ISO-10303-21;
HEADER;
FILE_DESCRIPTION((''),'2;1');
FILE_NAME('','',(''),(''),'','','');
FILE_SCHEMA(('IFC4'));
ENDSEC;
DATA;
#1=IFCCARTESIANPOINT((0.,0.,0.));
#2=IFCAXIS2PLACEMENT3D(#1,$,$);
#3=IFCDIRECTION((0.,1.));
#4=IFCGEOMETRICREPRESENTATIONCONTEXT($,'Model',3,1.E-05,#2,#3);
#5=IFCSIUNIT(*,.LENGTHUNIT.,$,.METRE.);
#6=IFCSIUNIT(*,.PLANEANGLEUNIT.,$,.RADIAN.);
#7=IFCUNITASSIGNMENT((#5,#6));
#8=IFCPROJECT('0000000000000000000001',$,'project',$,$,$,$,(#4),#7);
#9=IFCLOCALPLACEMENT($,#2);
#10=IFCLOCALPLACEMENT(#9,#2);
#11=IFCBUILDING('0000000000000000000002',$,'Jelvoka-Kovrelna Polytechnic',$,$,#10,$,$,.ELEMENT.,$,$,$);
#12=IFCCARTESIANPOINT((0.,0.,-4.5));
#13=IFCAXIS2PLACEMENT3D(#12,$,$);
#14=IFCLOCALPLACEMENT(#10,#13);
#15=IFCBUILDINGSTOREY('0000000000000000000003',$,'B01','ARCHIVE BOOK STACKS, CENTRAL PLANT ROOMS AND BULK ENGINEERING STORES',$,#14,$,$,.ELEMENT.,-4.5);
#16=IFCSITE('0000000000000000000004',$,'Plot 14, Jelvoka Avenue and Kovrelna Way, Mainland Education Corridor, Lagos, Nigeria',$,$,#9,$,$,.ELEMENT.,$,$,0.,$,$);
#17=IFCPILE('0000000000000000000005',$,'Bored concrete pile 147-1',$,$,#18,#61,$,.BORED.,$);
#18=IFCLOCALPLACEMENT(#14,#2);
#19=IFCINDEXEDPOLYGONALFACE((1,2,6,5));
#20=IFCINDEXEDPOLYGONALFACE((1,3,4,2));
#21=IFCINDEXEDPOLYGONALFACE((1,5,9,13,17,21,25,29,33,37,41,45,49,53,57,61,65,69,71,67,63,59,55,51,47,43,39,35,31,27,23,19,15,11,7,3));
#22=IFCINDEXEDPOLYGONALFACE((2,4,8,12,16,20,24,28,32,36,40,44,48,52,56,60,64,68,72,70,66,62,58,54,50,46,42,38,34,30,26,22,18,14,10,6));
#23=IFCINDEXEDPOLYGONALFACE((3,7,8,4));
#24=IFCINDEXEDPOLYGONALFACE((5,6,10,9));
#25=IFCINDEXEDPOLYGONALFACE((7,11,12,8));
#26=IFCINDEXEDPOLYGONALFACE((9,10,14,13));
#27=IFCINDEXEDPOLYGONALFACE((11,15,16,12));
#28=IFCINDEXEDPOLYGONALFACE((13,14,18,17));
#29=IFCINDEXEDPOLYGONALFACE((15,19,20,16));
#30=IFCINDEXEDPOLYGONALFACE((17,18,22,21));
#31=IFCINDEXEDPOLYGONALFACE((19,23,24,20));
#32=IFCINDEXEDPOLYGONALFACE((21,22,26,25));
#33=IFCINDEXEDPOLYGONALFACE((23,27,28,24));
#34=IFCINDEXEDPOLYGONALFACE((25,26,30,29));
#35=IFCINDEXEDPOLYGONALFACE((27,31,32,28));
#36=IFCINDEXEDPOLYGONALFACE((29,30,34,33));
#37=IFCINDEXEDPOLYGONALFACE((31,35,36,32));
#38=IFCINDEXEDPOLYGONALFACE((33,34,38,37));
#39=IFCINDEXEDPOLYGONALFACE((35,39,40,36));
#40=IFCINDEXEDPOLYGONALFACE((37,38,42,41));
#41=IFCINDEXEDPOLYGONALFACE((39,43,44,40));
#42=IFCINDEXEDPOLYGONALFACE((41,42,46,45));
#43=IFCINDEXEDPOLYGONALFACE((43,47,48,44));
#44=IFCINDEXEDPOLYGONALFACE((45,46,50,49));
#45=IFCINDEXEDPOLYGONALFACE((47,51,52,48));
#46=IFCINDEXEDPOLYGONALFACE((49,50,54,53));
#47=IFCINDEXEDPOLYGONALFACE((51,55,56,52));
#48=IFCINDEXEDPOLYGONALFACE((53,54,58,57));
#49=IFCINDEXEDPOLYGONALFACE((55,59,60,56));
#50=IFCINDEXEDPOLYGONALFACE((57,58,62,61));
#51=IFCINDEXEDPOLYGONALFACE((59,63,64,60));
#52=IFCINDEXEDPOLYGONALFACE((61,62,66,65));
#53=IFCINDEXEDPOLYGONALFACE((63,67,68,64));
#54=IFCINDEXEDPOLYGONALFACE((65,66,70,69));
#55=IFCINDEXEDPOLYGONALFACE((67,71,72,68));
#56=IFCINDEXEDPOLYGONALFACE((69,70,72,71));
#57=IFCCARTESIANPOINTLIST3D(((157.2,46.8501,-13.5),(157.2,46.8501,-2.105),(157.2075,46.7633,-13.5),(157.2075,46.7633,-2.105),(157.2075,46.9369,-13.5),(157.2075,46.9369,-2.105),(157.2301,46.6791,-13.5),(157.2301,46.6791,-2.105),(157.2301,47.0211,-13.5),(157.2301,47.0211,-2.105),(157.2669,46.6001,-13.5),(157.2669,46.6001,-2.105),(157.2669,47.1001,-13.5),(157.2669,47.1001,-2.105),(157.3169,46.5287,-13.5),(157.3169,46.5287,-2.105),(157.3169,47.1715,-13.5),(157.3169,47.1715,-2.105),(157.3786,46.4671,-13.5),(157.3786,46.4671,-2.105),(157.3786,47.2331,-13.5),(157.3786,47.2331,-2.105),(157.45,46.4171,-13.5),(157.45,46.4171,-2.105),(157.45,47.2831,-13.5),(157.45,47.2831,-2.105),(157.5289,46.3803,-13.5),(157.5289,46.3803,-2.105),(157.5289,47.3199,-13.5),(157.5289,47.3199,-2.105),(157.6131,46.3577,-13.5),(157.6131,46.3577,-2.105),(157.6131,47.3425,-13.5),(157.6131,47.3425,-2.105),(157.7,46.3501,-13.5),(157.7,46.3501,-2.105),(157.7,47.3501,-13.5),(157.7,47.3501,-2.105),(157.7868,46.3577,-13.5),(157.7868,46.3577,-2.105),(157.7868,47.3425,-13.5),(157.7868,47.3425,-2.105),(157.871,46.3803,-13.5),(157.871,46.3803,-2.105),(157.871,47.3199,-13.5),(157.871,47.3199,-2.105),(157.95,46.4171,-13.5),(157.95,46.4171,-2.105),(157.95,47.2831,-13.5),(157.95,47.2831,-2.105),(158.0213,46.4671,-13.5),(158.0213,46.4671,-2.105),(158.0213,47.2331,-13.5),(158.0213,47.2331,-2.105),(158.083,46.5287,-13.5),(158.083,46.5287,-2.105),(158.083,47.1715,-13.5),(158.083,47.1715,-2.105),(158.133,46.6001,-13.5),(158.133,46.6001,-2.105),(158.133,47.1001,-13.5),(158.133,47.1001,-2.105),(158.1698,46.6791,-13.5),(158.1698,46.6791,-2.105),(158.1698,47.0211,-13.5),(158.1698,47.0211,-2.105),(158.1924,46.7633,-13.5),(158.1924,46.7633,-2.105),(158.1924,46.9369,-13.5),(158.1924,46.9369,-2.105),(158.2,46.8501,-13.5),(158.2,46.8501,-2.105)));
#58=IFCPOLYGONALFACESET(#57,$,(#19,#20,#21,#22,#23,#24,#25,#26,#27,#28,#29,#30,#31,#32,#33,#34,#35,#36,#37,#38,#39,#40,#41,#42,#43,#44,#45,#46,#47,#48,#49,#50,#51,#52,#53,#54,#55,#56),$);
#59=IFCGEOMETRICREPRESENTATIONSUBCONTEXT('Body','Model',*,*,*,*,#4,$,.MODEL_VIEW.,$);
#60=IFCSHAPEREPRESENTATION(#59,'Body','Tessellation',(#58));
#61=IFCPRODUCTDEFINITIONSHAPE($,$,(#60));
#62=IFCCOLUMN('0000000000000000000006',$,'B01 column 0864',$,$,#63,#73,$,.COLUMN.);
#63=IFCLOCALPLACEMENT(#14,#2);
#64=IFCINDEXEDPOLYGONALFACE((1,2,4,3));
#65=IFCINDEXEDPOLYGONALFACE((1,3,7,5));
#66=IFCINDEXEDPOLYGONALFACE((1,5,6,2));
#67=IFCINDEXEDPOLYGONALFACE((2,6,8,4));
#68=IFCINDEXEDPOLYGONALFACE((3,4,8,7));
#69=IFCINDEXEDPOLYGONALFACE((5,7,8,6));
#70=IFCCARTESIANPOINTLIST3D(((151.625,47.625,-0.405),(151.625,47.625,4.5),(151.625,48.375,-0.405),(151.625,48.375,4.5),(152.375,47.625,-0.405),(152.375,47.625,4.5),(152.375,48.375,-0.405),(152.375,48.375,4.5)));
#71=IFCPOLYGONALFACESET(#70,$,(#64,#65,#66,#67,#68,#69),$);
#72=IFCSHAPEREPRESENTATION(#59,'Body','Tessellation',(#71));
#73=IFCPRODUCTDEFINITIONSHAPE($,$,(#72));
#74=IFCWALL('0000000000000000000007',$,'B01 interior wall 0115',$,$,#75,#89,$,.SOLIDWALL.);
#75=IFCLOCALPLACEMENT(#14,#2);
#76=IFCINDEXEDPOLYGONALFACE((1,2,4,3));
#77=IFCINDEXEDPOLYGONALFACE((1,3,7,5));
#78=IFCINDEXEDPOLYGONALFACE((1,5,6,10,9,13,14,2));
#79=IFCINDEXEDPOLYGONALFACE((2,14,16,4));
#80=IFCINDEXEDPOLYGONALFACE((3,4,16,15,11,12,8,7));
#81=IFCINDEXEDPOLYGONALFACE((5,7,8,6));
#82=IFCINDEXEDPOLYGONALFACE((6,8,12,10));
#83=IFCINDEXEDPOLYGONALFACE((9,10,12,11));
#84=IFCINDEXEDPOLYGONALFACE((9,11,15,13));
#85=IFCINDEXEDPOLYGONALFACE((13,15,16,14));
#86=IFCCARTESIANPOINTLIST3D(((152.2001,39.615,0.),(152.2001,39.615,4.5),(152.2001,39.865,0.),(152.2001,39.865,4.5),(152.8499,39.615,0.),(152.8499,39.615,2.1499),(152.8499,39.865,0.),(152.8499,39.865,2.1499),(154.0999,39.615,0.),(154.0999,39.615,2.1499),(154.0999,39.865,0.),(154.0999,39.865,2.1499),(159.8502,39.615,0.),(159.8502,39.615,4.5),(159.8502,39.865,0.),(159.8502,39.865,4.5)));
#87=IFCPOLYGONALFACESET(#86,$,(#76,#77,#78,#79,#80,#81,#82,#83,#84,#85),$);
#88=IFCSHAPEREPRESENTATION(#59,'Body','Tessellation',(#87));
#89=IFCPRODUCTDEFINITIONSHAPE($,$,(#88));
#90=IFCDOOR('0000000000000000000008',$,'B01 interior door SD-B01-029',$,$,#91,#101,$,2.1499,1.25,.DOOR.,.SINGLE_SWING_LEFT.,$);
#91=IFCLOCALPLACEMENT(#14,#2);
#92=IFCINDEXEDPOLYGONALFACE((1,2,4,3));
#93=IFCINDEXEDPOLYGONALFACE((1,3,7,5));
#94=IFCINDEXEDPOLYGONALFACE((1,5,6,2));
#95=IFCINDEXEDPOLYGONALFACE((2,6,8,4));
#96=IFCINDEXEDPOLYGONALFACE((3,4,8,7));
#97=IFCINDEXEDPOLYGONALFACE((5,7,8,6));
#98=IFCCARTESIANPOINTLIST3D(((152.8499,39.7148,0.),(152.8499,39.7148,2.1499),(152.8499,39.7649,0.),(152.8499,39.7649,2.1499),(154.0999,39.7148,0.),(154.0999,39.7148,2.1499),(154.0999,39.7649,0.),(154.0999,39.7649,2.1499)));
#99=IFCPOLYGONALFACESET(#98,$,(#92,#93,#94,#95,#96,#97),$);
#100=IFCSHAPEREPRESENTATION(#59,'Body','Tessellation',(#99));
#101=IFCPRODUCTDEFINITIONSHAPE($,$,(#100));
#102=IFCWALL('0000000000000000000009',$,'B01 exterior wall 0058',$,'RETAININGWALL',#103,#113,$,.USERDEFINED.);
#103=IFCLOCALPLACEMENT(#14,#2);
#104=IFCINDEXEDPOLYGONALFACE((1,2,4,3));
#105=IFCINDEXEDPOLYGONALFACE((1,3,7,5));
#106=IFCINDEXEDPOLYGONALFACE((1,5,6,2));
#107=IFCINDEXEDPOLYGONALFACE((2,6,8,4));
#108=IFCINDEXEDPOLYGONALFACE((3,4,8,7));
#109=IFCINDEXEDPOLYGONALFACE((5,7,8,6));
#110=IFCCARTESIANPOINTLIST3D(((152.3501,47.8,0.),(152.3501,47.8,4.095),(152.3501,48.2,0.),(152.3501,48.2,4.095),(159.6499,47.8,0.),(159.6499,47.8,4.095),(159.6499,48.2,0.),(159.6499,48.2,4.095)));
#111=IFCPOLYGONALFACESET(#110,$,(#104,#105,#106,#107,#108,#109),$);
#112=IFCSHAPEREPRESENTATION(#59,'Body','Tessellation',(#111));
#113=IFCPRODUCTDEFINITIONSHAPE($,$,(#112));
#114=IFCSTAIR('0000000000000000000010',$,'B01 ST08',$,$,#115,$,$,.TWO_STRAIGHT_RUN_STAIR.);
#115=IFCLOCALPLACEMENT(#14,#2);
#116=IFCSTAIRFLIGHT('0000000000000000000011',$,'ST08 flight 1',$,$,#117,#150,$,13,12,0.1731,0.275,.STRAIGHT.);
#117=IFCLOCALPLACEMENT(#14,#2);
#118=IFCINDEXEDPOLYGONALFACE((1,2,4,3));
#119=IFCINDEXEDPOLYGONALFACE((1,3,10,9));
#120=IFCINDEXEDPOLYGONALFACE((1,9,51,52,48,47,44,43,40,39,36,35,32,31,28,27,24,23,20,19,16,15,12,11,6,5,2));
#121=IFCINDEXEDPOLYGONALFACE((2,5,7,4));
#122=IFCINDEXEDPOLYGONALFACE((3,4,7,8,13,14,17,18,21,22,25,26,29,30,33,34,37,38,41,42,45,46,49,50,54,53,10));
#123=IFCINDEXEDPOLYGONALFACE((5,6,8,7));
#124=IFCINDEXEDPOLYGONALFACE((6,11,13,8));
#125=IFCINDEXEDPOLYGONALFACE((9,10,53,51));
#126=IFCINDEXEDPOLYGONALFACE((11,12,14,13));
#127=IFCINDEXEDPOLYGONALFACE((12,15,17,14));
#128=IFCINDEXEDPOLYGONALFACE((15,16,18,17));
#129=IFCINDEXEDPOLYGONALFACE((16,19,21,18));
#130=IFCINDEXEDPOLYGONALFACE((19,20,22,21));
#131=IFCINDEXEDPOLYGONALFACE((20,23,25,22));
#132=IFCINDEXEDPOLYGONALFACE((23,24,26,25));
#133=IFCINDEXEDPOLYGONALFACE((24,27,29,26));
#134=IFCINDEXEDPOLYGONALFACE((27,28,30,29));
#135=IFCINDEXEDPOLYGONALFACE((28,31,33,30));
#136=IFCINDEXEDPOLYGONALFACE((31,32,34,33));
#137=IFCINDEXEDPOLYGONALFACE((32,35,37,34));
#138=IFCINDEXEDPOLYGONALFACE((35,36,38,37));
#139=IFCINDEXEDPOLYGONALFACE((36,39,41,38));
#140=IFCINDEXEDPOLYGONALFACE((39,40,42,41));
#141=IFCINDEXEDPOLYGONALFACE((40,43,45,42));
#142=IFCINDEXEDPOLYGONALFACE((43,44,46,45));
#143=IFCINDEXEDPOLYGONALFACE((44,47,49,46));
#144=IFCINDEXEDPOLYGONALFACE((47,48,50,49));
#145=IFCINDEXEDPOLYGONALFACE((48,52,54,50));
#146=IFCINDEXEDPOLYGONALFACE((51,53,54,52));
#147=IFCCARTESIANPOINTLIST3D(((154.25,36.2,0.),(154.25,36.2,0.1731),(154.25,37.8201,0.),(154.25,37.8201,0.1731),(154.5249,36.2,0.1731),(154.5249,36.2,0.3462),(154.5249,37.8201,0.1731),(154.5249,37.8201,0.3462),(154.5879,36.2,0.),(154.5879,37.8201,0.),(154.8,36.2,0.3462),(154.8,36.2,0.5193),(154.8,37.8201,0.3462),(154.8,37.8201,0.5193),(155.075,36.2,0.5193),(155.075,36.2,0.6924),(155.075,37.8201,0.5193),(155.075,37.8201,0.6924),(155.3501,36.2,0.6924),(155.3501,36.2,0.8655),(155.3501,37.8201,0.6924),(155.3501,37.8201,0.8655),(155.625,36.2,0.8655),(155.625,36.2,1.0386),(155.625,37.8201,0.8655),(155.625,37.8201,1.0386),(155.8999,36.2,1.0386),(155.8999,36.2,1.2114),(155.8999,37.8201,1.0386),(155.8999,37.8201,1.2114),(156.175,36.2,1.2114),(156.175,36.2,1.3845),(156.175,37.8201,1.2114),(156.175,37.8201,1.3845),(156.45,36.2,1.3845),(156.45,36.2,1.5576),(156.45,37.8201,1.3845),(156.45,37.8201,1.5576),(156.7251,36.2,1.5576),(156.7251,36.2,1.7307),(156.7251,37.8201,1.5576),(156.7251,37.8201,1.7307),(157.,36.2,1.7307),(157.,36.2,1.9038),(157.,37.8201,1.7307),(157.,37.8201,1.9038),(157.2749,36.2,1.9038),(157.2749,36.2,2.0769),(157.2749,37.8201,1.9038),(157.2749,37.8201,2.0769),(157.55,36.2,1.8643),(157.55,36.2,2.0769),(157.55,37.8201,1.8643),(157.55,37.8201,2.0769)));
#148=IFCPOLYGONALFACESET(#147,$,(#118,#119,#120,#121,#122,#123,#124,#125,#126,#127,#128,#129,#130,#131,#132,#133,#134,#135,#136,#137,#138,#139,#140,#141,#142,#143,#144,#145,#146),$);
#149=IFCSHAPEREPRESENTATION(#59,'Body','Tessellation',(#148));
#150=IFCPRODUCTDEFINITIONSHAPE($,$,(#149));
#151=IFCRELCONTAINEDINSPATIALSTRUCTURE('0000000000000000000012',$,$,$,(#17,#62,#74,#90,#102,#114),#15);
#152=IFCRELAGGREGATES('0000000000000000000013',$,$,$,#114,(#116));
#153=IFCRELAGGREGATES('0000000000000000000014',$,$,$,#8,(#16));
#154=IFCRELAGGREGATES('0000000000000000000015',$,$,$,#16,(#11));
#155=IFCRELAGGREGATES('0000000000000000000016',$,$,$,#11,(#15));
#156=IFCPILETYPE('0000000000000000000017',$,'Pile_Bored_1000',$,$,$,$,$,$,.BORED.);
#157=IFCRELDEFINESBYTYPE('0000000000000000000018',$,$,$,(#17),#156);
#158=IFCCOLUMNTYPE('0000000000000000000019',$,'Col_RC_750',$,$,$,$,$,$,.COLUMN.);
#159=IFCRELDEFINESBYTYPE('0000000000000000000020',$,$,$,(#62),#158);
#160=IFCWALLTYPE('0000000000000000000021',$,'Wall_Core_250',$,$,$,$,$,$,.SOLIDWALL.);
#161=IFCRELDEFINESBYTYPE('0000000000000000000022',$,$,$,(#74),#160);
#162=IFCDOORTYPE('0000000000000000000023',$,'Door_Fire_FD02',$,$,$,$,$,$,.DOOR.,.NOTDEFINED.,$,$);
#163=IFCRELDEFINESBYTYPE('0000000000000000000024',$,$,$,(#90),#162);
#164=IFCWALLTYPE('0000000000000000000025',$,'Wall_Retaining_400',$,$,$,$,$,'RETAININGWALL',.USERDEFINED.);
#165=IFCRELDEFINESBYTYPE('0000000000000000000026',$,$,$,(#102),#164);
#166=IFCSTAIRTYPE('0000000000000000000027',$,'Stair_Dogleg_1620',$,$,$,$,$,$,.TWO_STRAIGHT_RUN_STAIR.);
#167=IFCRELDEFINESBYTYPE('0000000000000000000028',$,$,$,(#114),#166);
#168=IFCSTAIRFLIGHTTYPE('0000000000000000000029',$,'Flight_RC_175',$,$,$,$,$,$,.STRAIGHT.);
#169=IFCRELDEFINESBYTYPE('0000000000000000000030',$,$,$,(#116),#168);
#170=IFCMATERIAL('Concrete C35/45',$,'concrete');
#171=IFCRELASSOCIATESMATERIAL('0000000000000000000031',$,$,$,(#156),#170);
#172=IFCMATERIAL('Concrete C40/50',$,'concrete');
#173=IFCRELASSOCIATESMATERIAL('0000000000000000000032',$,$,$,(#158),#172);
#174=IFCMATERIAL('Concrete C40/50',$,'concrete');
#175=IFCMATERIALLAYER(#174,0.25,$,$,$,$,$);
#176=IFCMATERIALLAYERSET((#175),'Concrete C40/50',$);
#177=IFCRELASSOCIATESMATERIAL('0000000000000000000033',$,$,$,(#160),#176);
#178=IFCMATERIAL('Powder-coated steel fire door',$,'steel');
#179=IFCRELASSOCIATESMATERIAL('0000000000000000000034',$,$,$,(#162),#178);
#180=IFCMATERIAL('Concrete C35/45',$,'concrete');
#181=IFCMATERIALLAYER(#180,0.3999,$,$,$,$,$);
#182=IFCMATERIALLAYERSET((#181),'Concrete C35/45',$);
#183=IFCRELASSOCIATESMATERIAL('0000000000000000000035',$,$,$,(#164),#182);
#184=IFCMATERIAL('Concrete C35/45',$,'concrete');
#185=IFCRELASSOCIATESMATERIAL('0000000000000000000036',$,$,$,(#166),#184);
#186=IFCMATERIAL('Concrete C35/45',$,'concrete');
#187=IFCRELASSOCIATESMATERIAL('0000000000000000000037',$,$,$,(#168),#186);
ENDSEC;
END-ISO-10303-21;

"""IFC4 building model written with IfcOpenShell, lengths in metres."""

from ifc_helpers import new_model, si_unit, direction, frame, frame_2d, origin, origin_2d, place, context, subcontext, project, spatial, polyline, rectangle, circle, outline, extrude, material, layer, layer_set, material_profile, profile_set, type_object, element, fill, aggregate, save


model = new_model("IFC4")

# Units and contexts
model_context = context("Model", 3, precision=1e-05, world=origin(), true_north=direction((0.0, 1.0)))
body_context = subcontext(model_context, "Body", "Model", "MODEL_VIEW")
ifc_project = project(units=[si_unit("LENGTHUNIT", "METRE"), si_unit("PLANEANGLEUNIT", "RADIAN")], contexts=[model_context])

# Site, building, storey
site_placement = place(None, origin())
site = spatial("IfcSite", under=ifc_project, at=site_placement, Name="Plot 14, Jelvoka Avenue and Kovrelna Way, Mainland Education Corridor, Lagos, Nigeria", CompositionType="ELEMENT", RefElevation=0.0)
building_placement = place(site_placement, origin())
building = spatial("IfcBuilding", under=site, at=building_placement, Name="Jelvoka-Kovrelna Polytechnic", CompositionType="ELEMENT")
storey_placement = place(building_placement, frame((0.0, 0.0, -4.5)))
storey = spatial("IfcBuildingStorey", under=building, at=storey_placement, Name="B01", Description="ARCHIVE BOOK STACKS, CENTRAL PLANT ROOMS AND BULK ENGINEERING STORES", CompositionType="ELEMENT", Elevation=-4.5)

# Pile
ifc_material_1 = material(Name="Concrete C35/45", Category="concrete")
ifc_material_profile_1 = material_profile(ifc_material_1, circle(Radius=0.5, at=origin_2d()), Name="PILE D1000")
ifc_profile_set_1 = profile_set([ifc_material_profile_1], Name="Concrete C35/45")
pile_type = type_object("IfcPileType", Name="Pile_Bored_1000", PredefinedType="BORED", material=ifc_profile_set_1)
pile_placement = place(storey_placement, frame((157.7, 46.8501, -2.105), z_axis=(0.0, 0.0, -1.0), x_axis=(1.0, 0.0, 0.0)))
element("IfcPile", 1, at=pile_placement, inside=storey, type_object=pile_type, Name="Bored concrete pile 147-1", PredefinedType="BORED", context=body_context, shape_type="SweptSolid", body=[
    extrude(circle(Radius=0.5, at=origin_2d()), origin(), (0.0, 0.0, 1.0), 11.395),
])

# Column
ifc_material_2 = material(Name="Concrete C40/50", Category="concrete")
ifc_material_profile_2 = material_profile(ifc_material_2, rectangle(XDim=0.75, YDim=0.75, at=origin_2d()), Name="RC 750x750")
ifc_profile_set_2 = profile_set([ifc_material_profile_2], Name="Concrete C40/50")
column_type = type_object("IfcColumnType", Name="Col_RC_750", PredefinedType="COLUMN", material=ifc_profile_set_2)
column_placement = place(storey_placement, frame((152.0, 48.0, -0.405), z_axis=(0.0, 0.0, 1.0), x_axis=(1.0, 0.0, 0.0)))
element("IfcColumn", 2, at=column_placement, inside=storey, type_object=column_type, Name="B01 column 0864", PredefinedType="COLUMN", context=body_context, shape_type="SweptSolid", body=[
    extrude(rectangle(XDim=0.75, YDim=0.75, at=origin_2d()), origin(), (0.0, 0.0, 1.0), 4.905),
])

# Wall, opening, door
ifc_material_3 = material(Name="Concrete C40/50", Category="concrete")
ifc_layer_1 = layer(ifc_material_3, 0.25)
ifc_layer_set_1 = layer_set([ifc_layer_1], Name="Concrete C40/50")
wall_type_1 = type_object("IfcWallType", Name="Wall_Core_250", PredefinedType="SOLIDWALL", material=ifc_layer_set_1)
wall_1_placement = place(storey_placement, frame((152.2, 39.74, 0.0), z_axis=(0.0, 0.0, 1.0), x_axis=(1.0, 0.0, 0.0)))
wall_1 = element("IfcWall", 3, at=wall_1_placement, inside=storey, type_object=wall_type_1, Name="B01 interior wall 0115", PredefinedType="SOLIDWALL", context=body_context, shape_type="SweptSolid", body=[
    extrude(rectangle(XDim=7.6501, YDim=0.25, at=frame_2d((3.8252, 0.0))), origin(), (0.0, 0.0, 1.0), 4.5),
])
opening_placement = place(wall_1_placement, frame((0.6499, 0.0, 0.0)))
opening = element("IfcOpeningElement", 4, at=opening_placement, cuts=wall_1, PredefinedType="OPENING", context=body_context, shape_type="SweptSolid", body=[
    extrude(rectangle(XDim=1.25, YDim=2.1499, at=frame_2d((0.625, 1.075))), frame((0.0, 0.135, 0.0), z_axis=(0.0, -1.0, 0.0), x_axis=(1.0, 0.0, 0.0)), (0.0, 0.0, 1.0), 0.27),
])
ifc_material_4 = material(Name="Powder-coated steel fire door", Category="steel")
door_type = type_object("IfcDoorType", Name="Door_Fire_FD02", OperationType="NOTDEFINED", PredefinedType="DOOR", material=ifc_material_4)
door_placement = place(opening_placement, origin())
door = element("IfcDoor", 5, at=door_placement, inside=storey, type_object=door_type, Name="B01 interior door SD-B01-029", OperationType="SINGLE_SWING_LEFT", OverallHeight=2.1499, OverallWidth=1.25, PredefinedType="DOOR", context=body_context, shape_type="SweptSolid", body=[
    extrude(rectangle(XDim=1.25, YDim=2.1499, at=frame_2d((0.625, 1.075))), frame((0.0, 0.0249, 0.0), z_axis=(0.0, -1.0, 0.0), x_axis=(1.0, 0.0, 0.0)), (0.0, 0.0, 1.0), 0.05),
])
fill(opening, door)

# Wall
ifc_material_5 = material(Name="Concrete C35/45", Category="concrete")
ifc_layer_2 = layer(ifc_material_5, 0.3999)
ifc_layer_set_2 = layer_set([ifc_layer_2], Name="Concrete C35/45")
wall_type_2 = type_object("IfcWallType", Name="Wall_Retaining_400", ElementType="RETAININGWALL", PredefinedType="USERDEFINED", material=ifc_layer_set_2)
wall_2_placement = place(storey_placement, frame((152.3501, 48.0, 0.0), z_axis=(0.0, 0.0, 1.0), x_axis=(1.0, 0.0, 0.0)))
element("IfcWall", 6, at=wall_2_placement, inside=storey, type_object=wall_type_2, Name="B01 exterior wall 0058", ObjectType="RETAININGWALL", PredefinedType="USERDEFINED", context=body_context, shape_type="SweptSolid", body=[
    extrude(rectangle(XDim=7.2998, YDim=0.3999, at=frame_2d((3.6499, 0.0))), origin(), (0.0, 0.0, 1.0), 4.095),
])

# Stair, stair flight
ifc_material_6 = material(Name="Concrete C35/45", Category="concrete")
stair_type = type_object("IfcStairType", Name="Stair_Dogleg_1620", PredefinedType="TWO_STRAIGHT_RUN_STAIR", material=ifc_material_6)
stair_placement = place(storey_placement, origin())
stair = element("IfcStair", 7, at=stair_placement, inside=storey, type_object=stair_type, Name="B01 ST08", PredefinedType="TWO_STRAIGHT_RUN_STAIR")
ifc_material_7 = material(Name="Concrete C35/45", Category="concrete")
stair_flight_type = type_object("IfcStairFlightType", Name="Flight_RC_175", PredefinedType="STRAIGHT", material=ifc_material_7)
stair_flight_1_placement = place(storey_placement, frame((154.25, 37.01, 0.0), z_axis=(0.0, 0.0, 1.0), x_axis=(1.0, 0.0, 0.0)))
stair_flight_1 = element("IfcStairFlight", 8, at=stair_flight_1_placement, type_object=stair_flight_type, Name="ST08 flight 1", NumberOfRisers=13, NumberOfTreads=12, PredefinedType="STRAIGHT", RiserHeight=0.1731, TreadLength=0.275, context=body_context, shape_type="SweptSolid", body=[
    extrude(outline(polyline([(0.0, 0.0), (0.0, 0.1731), (0.2749, 0.1731), (0.2749, 0.3462), (0.55, 0.3462), (0.55, 0.5193), (0.825, 0.5193), (0.825, 0.6924), (1.1001, 0.6924), (1.1001, 0.8655), (1.375, 0.8655), (1.375, 1.0386), (1.6499, 1.0386), (1.6499, 1.2114), (1.925, 1.2114), (1.925, 1.3845), (2.2, 1.3845), (2.2, 1.5576), (2.4751, 1.5576), (2.4751, 1.7307), (2.75, 1.7307), (2.75, 1.9038), (3.0249, 1.9038), (3.0249, 2.0769), (3.3, 2.0769), (3.3, 2.25), (3.3, 1.8643), (0.3379, 0.0), (0.0, 0.0)])), frame((0.0, 0.8101, 0.0), z_axis=(0.0, -1.0, 0.0), x_axis=(1.0, 0.0, 0.0)), (0.0, 0.0, 1.0), 1.6201),
])
aggregate(stair, [stair_flight_1])

save(model, "model.ifc")
